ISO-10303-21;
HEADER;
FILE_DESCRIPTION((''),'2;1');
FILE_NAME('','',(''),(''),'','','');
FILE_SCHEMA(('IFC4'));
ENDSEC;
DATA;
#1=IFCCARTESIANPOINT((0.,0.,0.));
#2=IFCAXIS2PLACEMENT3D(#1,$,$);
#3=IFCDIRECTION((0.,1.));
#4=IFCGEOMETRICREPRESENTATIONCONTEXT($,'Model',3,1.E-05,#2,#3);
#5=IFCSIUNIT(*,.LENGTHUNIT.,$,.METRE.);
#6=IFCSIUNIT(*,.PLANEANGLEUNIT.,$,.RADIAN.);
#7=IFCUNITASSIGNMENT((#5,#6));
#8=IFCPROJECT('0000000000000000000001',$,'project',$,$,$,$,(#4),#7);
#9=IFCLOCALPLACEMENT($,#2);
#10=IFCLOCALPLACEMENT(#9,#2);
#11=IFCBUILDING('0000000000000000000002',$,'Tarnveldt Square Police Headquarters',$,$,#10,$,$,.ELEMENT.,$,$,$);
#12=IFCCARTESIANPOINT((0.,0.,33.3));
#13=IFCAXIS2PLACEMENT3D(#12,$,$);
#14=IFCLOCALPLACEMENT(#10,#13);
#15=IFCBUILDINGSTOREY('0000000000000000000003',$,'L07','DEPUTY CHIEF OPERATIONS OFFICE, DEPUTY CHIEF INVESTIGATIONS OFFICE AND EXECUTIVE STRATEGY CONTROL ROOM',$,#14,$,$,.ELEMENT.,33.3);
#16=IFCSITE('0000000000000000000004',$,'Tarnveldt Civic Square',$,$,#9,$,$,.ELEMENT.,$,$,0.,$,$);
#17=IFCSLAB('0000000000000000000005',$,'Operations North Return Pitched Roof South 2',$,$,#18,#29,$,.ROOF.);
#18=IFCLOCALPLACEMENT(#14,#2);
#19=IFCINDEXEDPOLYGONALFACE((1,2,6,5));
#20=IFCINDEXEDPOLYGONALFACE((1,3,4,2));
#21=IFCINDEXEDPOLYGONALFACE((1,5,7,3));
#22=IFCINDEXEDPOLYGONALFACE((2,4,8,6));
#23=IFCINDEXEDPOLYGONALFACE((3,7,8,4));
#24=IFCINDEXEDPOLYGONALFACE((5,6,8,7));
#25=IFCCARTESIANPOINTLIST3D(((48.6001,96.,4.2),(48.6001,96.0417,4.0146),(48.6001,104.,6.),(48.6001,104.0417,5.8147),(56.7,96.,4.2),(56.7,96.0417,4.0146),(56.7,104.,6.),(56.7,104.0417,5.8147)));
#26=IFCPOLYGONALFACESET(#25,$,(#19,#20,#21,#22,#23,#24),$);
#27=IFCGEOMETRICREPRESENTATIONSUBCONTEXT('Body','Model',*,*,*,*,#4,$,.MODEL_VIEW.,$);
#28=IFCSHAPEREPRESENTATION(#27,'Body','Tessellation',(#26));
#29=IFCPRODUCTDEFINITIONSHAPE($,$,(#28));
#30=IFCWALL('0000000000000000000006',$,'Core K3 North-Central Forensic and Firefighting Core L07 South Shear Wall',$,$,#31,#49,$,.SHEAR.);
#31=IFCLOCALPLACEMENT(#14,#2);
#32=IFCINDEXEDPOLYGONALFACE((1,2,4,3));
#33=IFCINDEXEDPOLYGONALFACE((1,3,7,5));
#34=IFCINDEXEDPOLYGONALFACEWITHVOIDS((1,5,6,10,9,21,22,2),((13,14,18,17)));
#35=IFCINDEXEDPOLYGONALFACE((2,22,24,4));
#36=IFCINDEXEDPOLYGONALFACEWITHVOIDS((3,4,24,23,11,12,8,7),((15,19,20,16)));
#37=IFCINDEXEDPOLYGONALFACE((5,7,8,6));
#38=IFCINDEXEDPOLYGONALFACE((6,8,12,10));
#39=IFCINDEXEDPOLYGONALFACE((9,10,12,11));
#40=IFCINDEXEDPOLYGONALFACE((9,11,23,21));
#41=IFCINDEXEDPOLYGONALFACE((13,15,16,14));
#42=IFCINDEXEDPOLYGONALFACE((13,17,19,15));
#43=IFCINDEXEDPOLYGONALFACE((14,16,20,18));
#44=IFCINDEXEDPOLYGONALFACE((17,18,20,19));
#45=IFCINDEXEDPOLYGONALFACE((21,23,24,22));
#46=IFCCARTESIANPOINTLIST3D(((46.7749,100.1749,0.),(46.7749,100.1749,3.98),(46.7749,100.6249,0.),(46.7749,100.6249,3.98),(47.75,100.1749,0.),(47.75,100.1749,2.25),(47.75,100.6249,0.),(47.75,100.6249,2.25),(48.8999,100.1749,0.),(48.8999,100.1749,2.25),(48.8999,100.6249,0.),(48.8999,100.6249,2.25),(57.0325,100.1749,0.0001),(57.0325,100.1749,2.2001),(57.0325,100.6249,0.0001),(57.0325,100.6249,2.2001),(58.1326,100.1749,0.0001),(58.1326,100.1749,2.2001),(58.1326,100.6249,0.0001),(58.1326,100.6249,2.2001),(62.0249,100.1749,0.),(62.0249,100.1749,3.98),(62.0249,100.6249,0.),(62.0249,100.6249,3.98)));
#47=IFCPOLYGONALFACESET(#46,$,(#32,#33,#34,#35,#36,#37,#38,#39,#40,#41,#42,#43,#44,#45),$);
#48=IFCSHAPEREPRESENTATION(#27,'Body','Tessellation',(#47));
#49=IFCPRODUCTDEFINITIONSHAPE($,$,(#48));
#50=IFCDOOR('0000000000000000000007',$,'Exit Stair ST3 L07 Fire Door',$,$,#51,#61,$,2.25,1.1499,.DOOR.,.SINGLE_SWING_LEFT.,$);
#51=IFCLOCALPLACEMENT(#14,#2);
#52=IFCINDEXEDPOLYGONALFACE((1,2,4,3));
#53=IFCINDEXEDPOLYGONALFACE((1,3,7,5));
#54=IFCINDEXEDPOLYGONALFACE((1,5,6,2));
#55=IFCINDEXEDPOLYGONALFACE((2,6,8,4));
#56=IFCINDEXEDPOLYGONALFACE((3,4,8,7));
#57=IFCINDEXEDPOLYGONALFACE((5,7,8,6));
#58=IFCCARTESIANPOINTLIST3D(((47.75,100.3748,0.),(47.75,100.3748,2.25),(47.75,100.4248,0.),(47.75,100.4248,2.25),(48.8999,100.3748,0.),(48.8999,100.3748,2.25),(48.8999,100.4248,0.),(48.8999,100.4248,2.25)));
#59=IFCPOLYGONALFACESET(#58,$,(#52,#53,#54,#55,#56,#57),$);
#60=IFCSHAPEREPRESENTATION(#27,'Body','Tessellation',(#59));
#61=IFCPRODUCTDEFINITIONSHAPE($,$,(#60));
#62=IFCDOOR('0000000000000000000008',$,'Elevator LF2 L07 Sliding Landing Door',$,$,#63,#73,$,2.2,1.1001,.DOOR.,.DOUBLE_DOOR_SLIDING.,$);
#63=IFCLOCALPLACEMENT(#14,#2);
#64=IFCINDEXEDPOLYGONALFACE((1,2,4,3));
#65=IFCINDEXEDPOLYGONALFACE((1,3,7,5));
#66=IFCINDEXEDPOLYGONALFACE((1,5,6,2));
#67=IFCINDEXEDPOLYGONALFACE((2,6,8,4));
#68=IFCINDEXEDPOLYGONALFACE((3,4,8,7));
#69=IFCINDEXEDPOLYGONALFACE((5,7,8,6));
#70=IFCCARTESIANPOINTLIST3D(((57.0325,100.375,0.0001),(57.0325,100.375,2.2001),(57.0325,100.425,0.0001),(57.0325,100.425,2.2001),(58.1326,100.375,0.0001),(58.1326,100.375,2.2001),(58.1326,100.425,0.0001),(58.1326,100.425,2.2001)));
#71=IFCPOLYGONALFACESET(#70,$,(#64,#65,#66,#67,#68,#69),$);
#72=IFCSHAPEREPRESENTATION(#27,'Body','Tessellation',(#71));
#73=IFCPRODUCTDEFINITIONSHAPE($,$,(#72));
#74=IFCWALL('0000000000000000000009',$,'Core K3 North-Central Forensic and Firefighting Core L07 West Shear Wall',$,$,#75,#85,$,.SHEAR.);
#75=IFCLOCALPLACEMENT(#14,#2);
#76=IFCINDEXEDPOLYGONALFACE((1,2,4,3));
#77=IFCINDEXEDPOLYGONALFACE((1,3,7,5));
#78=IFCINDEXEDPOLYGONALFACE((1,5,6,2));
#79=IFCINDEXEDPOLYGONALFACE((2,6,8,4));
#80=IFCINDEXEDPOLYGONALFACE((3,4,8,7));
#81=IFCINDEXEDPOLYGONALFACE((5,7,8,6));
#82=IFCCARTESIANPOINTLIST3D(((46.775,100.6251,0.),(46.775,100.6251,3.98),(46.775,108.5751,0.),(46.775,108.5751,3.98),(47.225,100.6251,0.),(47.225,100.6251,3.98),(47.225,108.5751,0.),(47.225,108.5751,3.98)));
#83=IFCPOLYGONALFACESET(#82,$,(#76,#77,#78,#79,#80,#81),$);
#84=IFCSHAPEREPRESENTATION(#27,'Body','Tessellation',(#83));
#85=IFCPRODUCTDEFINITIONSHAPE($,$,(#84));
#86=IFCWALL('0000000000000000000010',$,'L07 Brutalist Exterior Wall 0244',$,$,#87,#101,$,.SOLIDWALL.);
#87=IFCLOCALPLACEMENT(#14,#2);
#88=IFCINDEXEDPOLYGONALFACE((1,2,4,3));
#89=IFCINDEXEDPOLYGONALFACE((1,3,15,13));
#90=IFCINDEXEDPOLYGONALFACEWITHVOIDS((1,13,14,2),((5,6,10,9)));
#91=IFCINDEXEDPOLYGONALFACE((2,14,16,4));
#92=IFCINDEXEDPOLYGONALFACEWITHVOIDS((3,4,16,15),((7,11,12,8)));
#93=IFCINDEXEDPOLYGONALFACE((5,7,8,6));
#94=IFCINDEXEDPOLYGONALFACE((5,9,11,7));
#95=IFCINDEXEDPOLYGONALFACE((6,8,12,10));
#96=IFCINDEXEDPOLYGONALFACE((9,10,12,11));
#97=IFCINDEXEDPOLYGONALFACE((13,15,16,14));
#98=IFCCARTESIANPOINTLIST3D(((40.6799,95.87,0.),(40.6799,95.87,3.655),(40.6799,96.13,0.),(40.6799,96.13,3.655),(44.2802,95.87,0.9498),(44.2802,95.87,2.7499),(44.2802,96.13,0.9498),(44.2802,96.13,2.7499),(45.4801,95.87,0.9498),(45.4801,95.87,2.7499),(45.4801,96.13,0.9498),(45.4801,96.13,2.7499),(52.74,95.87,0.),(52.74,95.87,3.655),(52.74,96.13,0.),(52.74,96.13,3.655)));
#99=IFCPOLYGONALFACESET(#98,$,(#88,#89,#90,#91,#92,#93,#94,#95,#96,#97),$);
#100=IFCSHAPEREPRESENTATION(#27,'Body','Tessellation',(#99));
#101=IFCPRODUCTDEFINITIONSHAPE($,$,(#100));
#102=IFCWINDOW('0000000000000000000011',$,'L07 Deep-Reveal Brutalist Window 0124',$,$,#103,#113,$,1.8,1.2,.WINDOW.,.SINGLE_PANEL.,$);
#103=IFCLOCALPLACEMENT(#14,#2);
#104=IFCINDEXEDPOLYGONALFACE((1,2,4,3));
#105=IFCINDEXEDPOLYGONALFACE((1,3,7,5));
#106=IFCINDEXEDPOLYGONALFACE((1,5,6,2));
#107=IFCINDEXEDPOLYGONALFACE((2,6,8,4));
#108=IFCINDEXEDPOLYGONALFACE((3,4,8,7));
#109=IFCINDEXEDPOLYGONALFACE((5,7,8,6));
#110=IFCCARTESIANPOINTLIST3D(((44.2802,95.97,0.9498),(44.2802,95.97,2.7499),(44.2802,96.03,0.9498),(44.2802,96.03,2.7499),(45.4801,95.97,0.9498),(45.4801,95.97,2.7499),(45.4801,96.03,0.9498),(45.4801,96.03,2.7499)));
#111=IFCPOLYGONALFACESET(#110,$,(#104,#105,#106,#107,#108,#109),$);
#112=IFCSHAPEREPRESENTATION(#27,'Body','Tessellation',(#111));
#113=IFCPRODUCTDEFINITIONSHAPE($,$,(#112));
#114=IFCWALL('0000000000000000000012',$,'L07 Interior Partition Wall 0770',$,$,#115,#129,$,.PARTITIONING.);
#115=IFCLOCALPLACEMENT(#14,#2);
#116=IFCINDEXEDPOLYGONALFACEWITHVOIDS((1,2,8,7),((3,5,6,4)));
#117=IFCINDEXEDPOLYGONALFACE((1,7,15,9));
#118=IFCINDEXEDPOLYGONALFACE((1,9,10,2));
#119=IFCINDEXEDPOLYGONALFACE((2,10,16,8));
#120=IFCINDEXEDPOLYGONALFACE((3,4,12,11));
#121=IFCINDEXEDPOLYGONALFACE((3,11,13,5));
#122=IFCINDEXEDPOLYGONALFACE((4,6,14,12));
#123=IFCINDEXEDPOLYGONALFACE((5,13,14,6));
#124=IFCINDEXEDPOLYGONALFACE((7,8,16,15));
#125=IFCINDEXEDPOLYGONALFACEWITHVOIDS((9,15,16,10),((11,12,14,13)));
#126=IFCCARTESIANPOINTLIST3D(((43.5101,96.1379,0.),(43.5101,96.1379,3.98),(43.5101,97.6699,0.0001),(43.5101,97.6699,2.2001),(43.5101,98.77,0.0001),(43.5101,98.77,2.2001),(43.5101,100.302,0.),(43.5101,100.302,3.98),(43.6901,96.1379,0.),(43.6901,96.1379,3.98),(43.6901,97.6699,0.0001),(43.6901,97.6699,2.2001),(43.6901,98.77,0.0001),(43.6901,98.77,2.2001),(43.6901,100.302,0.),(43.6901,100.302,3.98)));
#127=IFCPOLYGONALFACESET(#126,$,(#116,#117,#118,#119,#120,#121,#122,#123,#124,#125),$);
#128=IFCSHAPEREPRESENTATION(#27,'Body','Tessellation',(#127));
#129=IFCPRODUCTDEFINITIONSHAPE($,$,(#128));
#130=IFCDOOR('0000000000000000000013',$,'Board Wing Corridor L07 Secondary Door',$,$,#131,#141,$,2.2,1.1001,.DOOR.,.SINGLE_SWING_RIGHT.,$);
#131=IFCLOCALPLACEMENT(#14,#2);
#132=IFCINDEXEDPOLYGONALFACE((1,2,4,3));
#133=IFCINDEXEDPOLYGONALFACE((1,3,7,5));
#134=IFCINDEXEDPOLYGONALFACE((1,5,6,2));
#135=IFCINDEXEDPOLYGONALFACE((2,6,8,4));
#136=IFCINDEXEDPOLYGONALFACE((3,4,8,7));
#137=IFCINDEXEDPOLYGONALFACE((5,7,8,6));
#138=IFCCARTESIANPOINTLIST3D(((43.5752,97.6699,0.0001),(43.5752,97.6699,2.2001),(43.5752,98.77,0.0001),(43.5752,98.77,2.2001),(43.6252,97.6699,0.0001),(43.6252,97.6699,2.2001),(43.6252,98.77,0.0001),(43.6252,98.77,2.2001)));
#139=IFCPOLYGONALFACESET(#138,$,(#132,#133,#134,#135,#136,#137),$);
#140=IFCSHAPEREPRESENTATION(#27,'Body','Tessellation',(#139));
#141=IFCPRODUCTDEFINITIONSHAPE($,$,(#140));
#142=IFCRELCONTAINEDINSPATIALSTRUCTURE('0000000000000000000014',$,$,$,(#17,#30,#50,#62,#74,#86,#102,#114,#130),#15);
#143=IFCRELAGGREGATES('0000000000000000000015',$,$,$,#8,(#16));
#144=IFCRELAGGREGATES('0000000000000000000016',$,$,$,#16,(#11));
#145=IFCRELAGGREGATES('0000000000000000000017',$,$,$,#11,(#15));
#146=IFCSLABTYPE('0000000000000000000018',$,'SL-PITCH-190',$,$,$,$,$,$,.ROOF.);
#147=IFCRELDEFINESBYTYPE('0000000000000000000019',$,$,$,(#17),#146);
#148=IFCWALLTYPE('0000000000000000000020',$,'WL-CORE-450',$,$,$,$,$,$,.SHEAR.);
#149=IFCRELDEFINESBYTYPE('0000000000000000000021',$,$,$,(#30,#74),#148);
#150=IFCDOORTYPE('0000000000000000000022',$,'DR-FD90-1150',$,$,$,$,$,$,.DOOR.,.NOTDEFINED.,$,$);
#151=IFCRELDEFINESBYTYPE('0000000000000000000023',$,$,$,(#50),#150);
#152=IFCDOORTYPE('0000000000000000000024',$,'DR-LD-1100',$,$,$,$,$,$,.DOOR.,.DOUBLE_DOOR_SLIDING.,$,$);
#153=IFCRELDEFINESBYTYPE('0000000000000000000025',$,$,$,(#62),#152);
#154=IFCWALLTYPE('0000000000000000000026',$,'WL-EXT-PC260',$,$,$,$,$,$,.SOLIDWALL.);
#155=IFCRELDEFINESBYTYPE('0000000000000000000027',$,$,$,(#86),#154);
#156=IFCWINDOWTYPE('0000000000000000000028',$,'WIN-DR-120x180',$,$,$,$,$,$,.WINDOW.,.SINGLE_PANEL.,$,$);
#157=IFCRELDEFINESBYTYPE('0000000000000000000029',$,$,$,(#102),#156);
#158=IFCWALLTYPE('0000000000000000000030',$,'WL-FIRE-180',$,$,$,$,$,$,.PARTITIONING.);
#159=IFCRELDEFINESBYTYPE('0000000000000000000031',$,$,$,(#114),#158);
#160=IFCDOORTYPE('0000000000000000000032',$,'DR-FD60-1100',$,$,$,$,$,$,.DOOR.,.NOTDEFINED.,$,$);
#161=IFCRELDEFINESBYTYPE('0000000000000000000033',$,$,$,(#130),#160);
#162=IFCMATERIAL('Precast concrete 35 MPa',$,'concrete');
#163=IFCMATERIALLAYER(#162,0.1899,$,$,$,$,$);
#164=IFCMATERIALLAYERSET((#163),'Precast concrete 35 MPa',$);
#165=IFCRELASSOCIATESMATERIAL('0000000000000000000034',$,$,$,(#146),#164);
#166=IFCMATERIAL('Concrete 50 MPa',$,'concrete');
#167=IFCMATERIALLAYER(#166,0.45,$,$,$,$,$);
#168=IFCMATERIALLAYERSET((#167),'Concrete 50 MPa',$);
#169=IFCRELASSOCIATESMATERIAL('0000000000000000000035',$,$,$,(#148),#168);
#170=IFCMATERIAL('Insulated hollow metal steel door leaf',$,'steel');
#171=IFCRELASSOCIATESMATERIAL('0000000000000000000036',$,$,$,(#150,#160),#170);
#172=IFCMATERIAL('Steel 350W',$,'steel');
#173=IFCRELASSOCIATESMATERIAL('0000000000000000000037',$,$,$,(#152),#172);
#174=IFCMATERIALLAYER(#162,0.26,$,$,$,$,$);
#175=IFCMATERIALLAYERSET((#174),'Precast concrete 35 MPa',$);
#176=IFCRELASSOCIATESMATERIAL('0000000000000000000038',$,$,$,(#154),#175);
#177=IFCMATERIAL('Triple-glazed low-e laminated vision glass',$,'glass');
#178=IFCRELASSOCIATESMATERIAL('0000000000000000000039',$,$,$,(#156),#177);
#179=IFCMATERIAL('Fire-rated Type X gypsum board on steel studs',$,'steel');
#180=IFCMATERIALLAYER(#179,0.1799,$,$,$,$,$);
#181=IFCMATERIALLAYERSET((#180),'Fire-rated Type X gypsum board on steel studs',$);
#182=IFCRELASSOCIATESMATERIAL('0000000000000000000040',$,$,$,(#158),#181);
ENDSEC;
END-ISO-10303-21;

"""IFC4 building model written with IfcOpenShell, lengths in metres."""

from ifc_helpers import new_model, si_unit, direction, frame, frame_2d, origin, place, context, subcontext, project, spatial, polyline, rectangle, outline, extrude, material, layer, layer_set, type_object, element, fill, save


model = new_model("IFC4")

# Units and contexts
model_context = context("Model", 3, precision=1e-05, world=origin(), true_north=direction((0.0, 1.0)))
body_context = subcontext(model_context, "Body", "Model", "MODEL_VIEW")
ifc_project = project(units=[si_unit("LENGTHUNIT", "METRE"), si_unit("PLANEANGLEUNIT", "RADIAN")], contexts=[model_context])

# Site, building, storey
site_placement = place(None, origin())
site = spatial("IfcSite", under=ifc_project, at=site_placement, Name="Tarnveldt Civic Square", CompositionType="ELEMENT", RefElevation=0.0)
building_placement = place(site_placement, origin())
building = spatial("IfcBuilding", under=site, at=building_placement, Name="Tarnveldt Square Police Headquarters", CompositionType="ELEMENT")
storey_placement = place(building_placement, frame((0.0, 0.0, 33.3)))
storey = spatial("IfcBuildingStorey", under=building, at=storey_placement, Name="L07", Description="DEPUTY CHIEF OPERATIONS OFFICE, DEPUTY CHIEF INVESTIGATIONS OFFICE AND EXECUTIVE STRATEGY CONTROL ROOM", CompositionType="ELEMENT", Elevation=33.3)

# Shared definitions
ifc_material_1 = material(Name="Steel 350W", Category="steel")

# Slab
ifc_material_2 = material(Name="Precast concrete 35 MPa", Category="concrete")
ifc_layer_1 = layer(ifc_material_2, 0.1899)
ifc_layer_set_1 = layer_set([ifc_layer_1], Name="Precast concrete 35 MPa")
slab_type = type_object("IfcSlabType", Name="SL-PITCH-190", PredefinedType="ROOF", material=ifc_layer_set_1)
slab_1_placement = place(storey_placement, frame((48.6001, 96.0, 4.2), z_axis=(0.0, -0.219518, 0.975608), x_axis=(1.0, 0.0, 0.0)))
element("IfcSlab", 1, at=slab_1_placement, inside=storey, type_object=slab_type, Name="Operations North Return Pitched Roof South 2", PredefinedType="ROOF", context=body_context, shape_type="SweptSolid", body=[
    extrude(outline(polyline([(0.0, 0.0), (8.0999, 0.0), (8.0999, 8.2), (0.0, 8.2), (0.0, 0.0)])), origin(), (0.0, 0.0, -1.0), 0.1899),
])

# Wall, openings, doors
ifc_material_3 = material(Name="Concrete 50 MPa", Category="concrete")
ifc_layer_2 = layer(ifc_material_3, 0.45)
ifc_layer_set_2 = layer_set([ifc_layer_2], Name="Concrete 50 MPa")
wall_type_1 = type_object("IfcWallType", Name="WL-CORE-450", PredefinedType="SHEAR", material=ifc_layer_set_2)
wall_1_placement = place(storey_placement, frame((46.7749, 100.3999, 0.0), z_axis=(0.0, 0.0, 1.0), x_axis=(1.0, 0.0, 0.0)))
wall_1 = element("IfcWall", 2, at=wall_1_placement, inside=storey, type_object=wall_type_1, Name="Core K3 North-Central Forensic and Firefighting Core L07 South Shear Wall", PredefinedType="SHEAR", context=body_context, shape_type="SweptSolid", body=[
    extrude(rectangle(XDim=15.25, YDim=0.45, at=frame_2d((7.625, 0.0))), origin(), (0.0, 0.0, 1.0), 3.98),
])
opening_1_placement = place(wall_1_placement, frame((0.9751, 0.0, 0.0)))
opening_1 = element("IfcOpeningElement", 3, at=opening_1_placement, cuts=wall_1, PredefinedType="OPENING", context=body_context, shape_type="SweptSolid", body=[
    extrude(rectangle(XDim=1.1499, YDim=2.25, at=frame_2d((0.575, 1.125))), frame((0.0, 0.2349, 0.0), z_axis=(0.0, -1.0, 0.0), x_axis=(1.0, 0.0, 0.0)), (0.0, 0.0, 1.0), 0.47),
])
opening_2_placement = place(wall_1_placement, frame((10.2576, 0.0, 0.0)))
opening_2 = element("IfcOpeningElement", 4, at=opening_2_placement, cuts=wall_1, PredefinedType="OPENING", context=body_context, shape_type="SweptSolid", body=[
    extrude(rectangle(XDim=1.1001, YDim=2.2, at=frame_2d((0.55, 1.1001))), frame((0.0, 0.2349, 0.0), z_axis=(0.0, -1.0, 0.0), x_axis=(1.0, 0.0, 0.0)), (0.0, 0.0, 1.0), 0.47),
])
ifc_material_4 = material(Name="Insulated hollow metal steel door leaf", Category="steel")
door_type_1 = type_object("IfcDoorType", Name="DR-FD90-1150", OperationType="NOTDEFINED", PredefinedType="DOOR", material=ifc_material_4)
door_1_placement = place(opening_1_placement, origin())
door_1 = element("IfcDoor", 5, at=door_1_placement, inside=storey, type_object=door_type_1, Name="Exit Stair ST3 L07 Fire Door", OperationType="SINGLE_SWING_LEFT", OverallHeight=2.25, OverallWidth=1.1499, PredefinedType="DOOR", context=body_context, shape_type="SweptSolid", body=[
    extrude(rectangle(XDim=1.1499, YDim=2.25, at=frame_2d((0.575, 1.125))), frame((0.0, 0.0249, 0.0), z_axis=(0.0, -1.0, 0.0), x_axis=(1.0, 0.0, 0.0)), (0.0, 0.0, 1.0), 0.05),
])
fill(opening_1, door_1)
door_type_2 = type_object("IfcDoorType", Name="DR-LD-1100", OperationType="DOUBLE_DOOR_SLIDING", PredefinedType="DOOR", material=ifc_material_1)
door_2_placement = place(opening_2_placement, frame((1.1001, 0.0, 0.0), z_axis=(0.0, 0.0, 1.0), x_axis=(-1.0, 0.0, 0.0)))
door_2 = element("IfcDoor", 6, at=door_2_placement, inside=storey, type_object=door_type_2, Name="Elevator LF2 L07 Sliding Landing Door", OperationType="DOUBLE_DOOR_SLIDING", OverallHeight=2.2, OverallWidth=1.1001, PredefinedType="DOOR", context=body_context, shape_type="SweptSolid", body=[
    extrude(rectangle(XDim=1.1001, YDim=2.2, at=frame_2d((0.55, 1.1001))), frame((0.0, 0.0249, 0.0), z_axis=(0.0, -1.0, 0.0), x_axis=(1.0, 0.0, 0.0)), (0.0, 0.0, 1.0), 0.05),
])
fill(opening_2, door_2)

# Wall
wall_2_placement = place(storey_placement, frame((47.0, 100.625, 0.0), z_axis=(0.0, 0.0, 1.0), x_axis=(0.0, 1.0, 0.0)))
element("IfcWall", 7, at=wall_2_placement, inside=storey, type_object=wall_type_1, Name="Core K3 North-Central Forensic and Firefighting Core L07 West Shear Wall", PredefinedType="SHEAR", context=body_context, shape_type="SweptSolid", body=[
    extrude(rectangle(XDim=7.95, YDim=0.45, at=frame_2d((3.9751, 0.0))), origin(), (0.0, 0.0, 1.0), 3.98),
])

# Wall, opening, window
ifc_layer_3 = layer(ifc_material_2, 0.26)
ifc_layer_set_3 = layer_set([ifc_layer_3], Name="Precast concrete 35 MPa")
wall_type_2 = type_object("IfcWallType", Name="WL-EXT-PC260", PredefinedType="SOLIDWALL", material=ifc_layer_set_3)
wall_3_placement = place(storey_placement, frame((40.6799, 96.0, 0.0), z_axis=(0.0, 0.0, 1.0), x_axis=(1.0, 0.0, 0.0)))
wall_3 = element("IfcWall", 8, at=wall_3_placement, inside=storey, type_object=wall_type_2, Name="L07 Brutalist Exterior Wall 0244", PredefinedType="SOLIDWALL", context=body_context, shape_type="SweptSolid", body=[
    extrude(rectangle(XDim=12.0601, YDim=0.26, at=frame_2d((6.03, 0.0))), origin(), (0.0, 0.0, 1.0), 3.655),
])
opening_3_placement = place(wall_3_placement, frame((3.6001, 0.0, 0.95)))
opening_3 = element("IfcOpeningElement", 9, at=opening_3_placement, cuts=wall_3, PredefinedType="OPENING", context=body_context, shape_type="SweptSolid", body=[
    extrude(rectangle(XDim=1.2, YDim=1.8, at=frame_2d((0.6001, 0.8999))), frame((0.0, 0.1399, 0.0), z_axis=(0.0, -1.0, 0.0), x_axis=(1.0, 0.0, 0.0)), (0.0, 0.0, 1.0), 0.28),
])
ifc_material_5 = material(Name="Triple-glazed low-e laminated vision glass", Category="glass")
window_type = type_object("IfcWindowType", Name="WIN-DR-120x180", PartitioningType="SINGLE_PANEL", PredefinedType="WINDOW", material=ifc_material_5)
window_placement = place(opening_3_placement, origin())
window = element("IfcWindow", 10, at=window_placement, inside=storey, type_object=window_type, Name="L07 Deep-Reveal Brutalist Window 0124", OverallHeight=1.8, OverallWidth=1.2, PartitioningType="SINGLE_PANEL", PredefinedType="WINDOW", context=body_context, shape_type="SweptSolid", body=[
    extrude(rectangle(XDim=1.2, YDim=1.8, at=frame_2d((0.6001, 0.8999))), frame((0.0, 0.03, 0.0), z_axis=(0.0, -1.0, 0.0), x_axis=(1.0, 0.0, 0.0)), (0.0, 0.0, 1.0), 0.0601),
])
fill(opening_3, window)

# Wall, opening, door
ifc_material_6 = material(Name="Fire-rated Type X gypsum board on steel studs", Category="steel")
ifc_layer_4 = layer(ifc_material_6, 0.1799)
ifc_layer_set_4 = layer_set([ifc_layer_4], Name="Fire-rated Type X gypsum board on steel studs")
wall_type_3 = type_object("IfcWallType", Name="WL-FIRE-180", PredefinedType="PARTITIONING", material=ifc_layer_set_4)
wall_4_placement = place(storey_placement, frame((43.6001, 96.1379, 0.0), z_axis=(0.0, 0.0, 1.0), x_axis=(0.0, 1.0, 0.0)))
wall_4 = element("IfcWall", 11, at=wall_4_placement, inside=storey, type_object=wall_type_3, Name="L07 Interior Partition Wall 0770", PredefinedType="PARTITIONING", context=body_context, shape_type="SweptSolid", body=[
    extrude(rectangle(XDim=4.1641, YDim=0.1799, at=frame_2d((2.082, 0.0))), origin(), (0.0, 0.0, 1.0), 3.98),
])
opening_4_placement = place(wall_4_placement, frame((1.532, 0.0, 0.0)))
opening_4 = element("IfcOpeningElement", 12, at=opening_4_placement, cuts=wall_4, PredefinedType="OPENING", context=body_context, shape_type="SweptSolid", body=[
    extrude(rectangle(XDim=1.1001, YDim=2.2, at=frame_2d((0.55, 1.1001))), frame((0.0, 0.0999, 0.0), z_axis=(0.0, -1.0, 0.0), x_axis=(1.0, 0.0, 0.0)), (0.0, 0.0, 1.0), 0.2),
])
door_type_3 = type_object("IfcDoorType", Name="DR-FD60-1100", OperationType="NOTDEFINED", PredefinedType="DOOR", material=ifc_material_4)
door_3_placement = place(opening_4_placement, origin())
door_3 = element("IfcDoor", 13, at=door_3_placement, inside=storey, type_object=door_type_3, Name="Board Wing Corridor L07 Secondary Door", OperationType="SINGLE_SWING_RIGHT", OverallHeight=2.2, OverallWidth=1.1001, PredefinedType="DOOR", context=body_context, shape_type="SweptSolid", body=[
    extrude(rectangle(XDim=1.1001, YDim=2.2, at=frame_2d((0.55, 1.1001))), frame((0.0, 0.0249, 0.0), z_axis=(0.0, -1.0, 0.0), x_axis=(1.0, 0.0, 0.0)), (0.0, 0.0, 1.0), 0.05),
])
fill(opening_4, door_3)

save(model, "model.ifc")
